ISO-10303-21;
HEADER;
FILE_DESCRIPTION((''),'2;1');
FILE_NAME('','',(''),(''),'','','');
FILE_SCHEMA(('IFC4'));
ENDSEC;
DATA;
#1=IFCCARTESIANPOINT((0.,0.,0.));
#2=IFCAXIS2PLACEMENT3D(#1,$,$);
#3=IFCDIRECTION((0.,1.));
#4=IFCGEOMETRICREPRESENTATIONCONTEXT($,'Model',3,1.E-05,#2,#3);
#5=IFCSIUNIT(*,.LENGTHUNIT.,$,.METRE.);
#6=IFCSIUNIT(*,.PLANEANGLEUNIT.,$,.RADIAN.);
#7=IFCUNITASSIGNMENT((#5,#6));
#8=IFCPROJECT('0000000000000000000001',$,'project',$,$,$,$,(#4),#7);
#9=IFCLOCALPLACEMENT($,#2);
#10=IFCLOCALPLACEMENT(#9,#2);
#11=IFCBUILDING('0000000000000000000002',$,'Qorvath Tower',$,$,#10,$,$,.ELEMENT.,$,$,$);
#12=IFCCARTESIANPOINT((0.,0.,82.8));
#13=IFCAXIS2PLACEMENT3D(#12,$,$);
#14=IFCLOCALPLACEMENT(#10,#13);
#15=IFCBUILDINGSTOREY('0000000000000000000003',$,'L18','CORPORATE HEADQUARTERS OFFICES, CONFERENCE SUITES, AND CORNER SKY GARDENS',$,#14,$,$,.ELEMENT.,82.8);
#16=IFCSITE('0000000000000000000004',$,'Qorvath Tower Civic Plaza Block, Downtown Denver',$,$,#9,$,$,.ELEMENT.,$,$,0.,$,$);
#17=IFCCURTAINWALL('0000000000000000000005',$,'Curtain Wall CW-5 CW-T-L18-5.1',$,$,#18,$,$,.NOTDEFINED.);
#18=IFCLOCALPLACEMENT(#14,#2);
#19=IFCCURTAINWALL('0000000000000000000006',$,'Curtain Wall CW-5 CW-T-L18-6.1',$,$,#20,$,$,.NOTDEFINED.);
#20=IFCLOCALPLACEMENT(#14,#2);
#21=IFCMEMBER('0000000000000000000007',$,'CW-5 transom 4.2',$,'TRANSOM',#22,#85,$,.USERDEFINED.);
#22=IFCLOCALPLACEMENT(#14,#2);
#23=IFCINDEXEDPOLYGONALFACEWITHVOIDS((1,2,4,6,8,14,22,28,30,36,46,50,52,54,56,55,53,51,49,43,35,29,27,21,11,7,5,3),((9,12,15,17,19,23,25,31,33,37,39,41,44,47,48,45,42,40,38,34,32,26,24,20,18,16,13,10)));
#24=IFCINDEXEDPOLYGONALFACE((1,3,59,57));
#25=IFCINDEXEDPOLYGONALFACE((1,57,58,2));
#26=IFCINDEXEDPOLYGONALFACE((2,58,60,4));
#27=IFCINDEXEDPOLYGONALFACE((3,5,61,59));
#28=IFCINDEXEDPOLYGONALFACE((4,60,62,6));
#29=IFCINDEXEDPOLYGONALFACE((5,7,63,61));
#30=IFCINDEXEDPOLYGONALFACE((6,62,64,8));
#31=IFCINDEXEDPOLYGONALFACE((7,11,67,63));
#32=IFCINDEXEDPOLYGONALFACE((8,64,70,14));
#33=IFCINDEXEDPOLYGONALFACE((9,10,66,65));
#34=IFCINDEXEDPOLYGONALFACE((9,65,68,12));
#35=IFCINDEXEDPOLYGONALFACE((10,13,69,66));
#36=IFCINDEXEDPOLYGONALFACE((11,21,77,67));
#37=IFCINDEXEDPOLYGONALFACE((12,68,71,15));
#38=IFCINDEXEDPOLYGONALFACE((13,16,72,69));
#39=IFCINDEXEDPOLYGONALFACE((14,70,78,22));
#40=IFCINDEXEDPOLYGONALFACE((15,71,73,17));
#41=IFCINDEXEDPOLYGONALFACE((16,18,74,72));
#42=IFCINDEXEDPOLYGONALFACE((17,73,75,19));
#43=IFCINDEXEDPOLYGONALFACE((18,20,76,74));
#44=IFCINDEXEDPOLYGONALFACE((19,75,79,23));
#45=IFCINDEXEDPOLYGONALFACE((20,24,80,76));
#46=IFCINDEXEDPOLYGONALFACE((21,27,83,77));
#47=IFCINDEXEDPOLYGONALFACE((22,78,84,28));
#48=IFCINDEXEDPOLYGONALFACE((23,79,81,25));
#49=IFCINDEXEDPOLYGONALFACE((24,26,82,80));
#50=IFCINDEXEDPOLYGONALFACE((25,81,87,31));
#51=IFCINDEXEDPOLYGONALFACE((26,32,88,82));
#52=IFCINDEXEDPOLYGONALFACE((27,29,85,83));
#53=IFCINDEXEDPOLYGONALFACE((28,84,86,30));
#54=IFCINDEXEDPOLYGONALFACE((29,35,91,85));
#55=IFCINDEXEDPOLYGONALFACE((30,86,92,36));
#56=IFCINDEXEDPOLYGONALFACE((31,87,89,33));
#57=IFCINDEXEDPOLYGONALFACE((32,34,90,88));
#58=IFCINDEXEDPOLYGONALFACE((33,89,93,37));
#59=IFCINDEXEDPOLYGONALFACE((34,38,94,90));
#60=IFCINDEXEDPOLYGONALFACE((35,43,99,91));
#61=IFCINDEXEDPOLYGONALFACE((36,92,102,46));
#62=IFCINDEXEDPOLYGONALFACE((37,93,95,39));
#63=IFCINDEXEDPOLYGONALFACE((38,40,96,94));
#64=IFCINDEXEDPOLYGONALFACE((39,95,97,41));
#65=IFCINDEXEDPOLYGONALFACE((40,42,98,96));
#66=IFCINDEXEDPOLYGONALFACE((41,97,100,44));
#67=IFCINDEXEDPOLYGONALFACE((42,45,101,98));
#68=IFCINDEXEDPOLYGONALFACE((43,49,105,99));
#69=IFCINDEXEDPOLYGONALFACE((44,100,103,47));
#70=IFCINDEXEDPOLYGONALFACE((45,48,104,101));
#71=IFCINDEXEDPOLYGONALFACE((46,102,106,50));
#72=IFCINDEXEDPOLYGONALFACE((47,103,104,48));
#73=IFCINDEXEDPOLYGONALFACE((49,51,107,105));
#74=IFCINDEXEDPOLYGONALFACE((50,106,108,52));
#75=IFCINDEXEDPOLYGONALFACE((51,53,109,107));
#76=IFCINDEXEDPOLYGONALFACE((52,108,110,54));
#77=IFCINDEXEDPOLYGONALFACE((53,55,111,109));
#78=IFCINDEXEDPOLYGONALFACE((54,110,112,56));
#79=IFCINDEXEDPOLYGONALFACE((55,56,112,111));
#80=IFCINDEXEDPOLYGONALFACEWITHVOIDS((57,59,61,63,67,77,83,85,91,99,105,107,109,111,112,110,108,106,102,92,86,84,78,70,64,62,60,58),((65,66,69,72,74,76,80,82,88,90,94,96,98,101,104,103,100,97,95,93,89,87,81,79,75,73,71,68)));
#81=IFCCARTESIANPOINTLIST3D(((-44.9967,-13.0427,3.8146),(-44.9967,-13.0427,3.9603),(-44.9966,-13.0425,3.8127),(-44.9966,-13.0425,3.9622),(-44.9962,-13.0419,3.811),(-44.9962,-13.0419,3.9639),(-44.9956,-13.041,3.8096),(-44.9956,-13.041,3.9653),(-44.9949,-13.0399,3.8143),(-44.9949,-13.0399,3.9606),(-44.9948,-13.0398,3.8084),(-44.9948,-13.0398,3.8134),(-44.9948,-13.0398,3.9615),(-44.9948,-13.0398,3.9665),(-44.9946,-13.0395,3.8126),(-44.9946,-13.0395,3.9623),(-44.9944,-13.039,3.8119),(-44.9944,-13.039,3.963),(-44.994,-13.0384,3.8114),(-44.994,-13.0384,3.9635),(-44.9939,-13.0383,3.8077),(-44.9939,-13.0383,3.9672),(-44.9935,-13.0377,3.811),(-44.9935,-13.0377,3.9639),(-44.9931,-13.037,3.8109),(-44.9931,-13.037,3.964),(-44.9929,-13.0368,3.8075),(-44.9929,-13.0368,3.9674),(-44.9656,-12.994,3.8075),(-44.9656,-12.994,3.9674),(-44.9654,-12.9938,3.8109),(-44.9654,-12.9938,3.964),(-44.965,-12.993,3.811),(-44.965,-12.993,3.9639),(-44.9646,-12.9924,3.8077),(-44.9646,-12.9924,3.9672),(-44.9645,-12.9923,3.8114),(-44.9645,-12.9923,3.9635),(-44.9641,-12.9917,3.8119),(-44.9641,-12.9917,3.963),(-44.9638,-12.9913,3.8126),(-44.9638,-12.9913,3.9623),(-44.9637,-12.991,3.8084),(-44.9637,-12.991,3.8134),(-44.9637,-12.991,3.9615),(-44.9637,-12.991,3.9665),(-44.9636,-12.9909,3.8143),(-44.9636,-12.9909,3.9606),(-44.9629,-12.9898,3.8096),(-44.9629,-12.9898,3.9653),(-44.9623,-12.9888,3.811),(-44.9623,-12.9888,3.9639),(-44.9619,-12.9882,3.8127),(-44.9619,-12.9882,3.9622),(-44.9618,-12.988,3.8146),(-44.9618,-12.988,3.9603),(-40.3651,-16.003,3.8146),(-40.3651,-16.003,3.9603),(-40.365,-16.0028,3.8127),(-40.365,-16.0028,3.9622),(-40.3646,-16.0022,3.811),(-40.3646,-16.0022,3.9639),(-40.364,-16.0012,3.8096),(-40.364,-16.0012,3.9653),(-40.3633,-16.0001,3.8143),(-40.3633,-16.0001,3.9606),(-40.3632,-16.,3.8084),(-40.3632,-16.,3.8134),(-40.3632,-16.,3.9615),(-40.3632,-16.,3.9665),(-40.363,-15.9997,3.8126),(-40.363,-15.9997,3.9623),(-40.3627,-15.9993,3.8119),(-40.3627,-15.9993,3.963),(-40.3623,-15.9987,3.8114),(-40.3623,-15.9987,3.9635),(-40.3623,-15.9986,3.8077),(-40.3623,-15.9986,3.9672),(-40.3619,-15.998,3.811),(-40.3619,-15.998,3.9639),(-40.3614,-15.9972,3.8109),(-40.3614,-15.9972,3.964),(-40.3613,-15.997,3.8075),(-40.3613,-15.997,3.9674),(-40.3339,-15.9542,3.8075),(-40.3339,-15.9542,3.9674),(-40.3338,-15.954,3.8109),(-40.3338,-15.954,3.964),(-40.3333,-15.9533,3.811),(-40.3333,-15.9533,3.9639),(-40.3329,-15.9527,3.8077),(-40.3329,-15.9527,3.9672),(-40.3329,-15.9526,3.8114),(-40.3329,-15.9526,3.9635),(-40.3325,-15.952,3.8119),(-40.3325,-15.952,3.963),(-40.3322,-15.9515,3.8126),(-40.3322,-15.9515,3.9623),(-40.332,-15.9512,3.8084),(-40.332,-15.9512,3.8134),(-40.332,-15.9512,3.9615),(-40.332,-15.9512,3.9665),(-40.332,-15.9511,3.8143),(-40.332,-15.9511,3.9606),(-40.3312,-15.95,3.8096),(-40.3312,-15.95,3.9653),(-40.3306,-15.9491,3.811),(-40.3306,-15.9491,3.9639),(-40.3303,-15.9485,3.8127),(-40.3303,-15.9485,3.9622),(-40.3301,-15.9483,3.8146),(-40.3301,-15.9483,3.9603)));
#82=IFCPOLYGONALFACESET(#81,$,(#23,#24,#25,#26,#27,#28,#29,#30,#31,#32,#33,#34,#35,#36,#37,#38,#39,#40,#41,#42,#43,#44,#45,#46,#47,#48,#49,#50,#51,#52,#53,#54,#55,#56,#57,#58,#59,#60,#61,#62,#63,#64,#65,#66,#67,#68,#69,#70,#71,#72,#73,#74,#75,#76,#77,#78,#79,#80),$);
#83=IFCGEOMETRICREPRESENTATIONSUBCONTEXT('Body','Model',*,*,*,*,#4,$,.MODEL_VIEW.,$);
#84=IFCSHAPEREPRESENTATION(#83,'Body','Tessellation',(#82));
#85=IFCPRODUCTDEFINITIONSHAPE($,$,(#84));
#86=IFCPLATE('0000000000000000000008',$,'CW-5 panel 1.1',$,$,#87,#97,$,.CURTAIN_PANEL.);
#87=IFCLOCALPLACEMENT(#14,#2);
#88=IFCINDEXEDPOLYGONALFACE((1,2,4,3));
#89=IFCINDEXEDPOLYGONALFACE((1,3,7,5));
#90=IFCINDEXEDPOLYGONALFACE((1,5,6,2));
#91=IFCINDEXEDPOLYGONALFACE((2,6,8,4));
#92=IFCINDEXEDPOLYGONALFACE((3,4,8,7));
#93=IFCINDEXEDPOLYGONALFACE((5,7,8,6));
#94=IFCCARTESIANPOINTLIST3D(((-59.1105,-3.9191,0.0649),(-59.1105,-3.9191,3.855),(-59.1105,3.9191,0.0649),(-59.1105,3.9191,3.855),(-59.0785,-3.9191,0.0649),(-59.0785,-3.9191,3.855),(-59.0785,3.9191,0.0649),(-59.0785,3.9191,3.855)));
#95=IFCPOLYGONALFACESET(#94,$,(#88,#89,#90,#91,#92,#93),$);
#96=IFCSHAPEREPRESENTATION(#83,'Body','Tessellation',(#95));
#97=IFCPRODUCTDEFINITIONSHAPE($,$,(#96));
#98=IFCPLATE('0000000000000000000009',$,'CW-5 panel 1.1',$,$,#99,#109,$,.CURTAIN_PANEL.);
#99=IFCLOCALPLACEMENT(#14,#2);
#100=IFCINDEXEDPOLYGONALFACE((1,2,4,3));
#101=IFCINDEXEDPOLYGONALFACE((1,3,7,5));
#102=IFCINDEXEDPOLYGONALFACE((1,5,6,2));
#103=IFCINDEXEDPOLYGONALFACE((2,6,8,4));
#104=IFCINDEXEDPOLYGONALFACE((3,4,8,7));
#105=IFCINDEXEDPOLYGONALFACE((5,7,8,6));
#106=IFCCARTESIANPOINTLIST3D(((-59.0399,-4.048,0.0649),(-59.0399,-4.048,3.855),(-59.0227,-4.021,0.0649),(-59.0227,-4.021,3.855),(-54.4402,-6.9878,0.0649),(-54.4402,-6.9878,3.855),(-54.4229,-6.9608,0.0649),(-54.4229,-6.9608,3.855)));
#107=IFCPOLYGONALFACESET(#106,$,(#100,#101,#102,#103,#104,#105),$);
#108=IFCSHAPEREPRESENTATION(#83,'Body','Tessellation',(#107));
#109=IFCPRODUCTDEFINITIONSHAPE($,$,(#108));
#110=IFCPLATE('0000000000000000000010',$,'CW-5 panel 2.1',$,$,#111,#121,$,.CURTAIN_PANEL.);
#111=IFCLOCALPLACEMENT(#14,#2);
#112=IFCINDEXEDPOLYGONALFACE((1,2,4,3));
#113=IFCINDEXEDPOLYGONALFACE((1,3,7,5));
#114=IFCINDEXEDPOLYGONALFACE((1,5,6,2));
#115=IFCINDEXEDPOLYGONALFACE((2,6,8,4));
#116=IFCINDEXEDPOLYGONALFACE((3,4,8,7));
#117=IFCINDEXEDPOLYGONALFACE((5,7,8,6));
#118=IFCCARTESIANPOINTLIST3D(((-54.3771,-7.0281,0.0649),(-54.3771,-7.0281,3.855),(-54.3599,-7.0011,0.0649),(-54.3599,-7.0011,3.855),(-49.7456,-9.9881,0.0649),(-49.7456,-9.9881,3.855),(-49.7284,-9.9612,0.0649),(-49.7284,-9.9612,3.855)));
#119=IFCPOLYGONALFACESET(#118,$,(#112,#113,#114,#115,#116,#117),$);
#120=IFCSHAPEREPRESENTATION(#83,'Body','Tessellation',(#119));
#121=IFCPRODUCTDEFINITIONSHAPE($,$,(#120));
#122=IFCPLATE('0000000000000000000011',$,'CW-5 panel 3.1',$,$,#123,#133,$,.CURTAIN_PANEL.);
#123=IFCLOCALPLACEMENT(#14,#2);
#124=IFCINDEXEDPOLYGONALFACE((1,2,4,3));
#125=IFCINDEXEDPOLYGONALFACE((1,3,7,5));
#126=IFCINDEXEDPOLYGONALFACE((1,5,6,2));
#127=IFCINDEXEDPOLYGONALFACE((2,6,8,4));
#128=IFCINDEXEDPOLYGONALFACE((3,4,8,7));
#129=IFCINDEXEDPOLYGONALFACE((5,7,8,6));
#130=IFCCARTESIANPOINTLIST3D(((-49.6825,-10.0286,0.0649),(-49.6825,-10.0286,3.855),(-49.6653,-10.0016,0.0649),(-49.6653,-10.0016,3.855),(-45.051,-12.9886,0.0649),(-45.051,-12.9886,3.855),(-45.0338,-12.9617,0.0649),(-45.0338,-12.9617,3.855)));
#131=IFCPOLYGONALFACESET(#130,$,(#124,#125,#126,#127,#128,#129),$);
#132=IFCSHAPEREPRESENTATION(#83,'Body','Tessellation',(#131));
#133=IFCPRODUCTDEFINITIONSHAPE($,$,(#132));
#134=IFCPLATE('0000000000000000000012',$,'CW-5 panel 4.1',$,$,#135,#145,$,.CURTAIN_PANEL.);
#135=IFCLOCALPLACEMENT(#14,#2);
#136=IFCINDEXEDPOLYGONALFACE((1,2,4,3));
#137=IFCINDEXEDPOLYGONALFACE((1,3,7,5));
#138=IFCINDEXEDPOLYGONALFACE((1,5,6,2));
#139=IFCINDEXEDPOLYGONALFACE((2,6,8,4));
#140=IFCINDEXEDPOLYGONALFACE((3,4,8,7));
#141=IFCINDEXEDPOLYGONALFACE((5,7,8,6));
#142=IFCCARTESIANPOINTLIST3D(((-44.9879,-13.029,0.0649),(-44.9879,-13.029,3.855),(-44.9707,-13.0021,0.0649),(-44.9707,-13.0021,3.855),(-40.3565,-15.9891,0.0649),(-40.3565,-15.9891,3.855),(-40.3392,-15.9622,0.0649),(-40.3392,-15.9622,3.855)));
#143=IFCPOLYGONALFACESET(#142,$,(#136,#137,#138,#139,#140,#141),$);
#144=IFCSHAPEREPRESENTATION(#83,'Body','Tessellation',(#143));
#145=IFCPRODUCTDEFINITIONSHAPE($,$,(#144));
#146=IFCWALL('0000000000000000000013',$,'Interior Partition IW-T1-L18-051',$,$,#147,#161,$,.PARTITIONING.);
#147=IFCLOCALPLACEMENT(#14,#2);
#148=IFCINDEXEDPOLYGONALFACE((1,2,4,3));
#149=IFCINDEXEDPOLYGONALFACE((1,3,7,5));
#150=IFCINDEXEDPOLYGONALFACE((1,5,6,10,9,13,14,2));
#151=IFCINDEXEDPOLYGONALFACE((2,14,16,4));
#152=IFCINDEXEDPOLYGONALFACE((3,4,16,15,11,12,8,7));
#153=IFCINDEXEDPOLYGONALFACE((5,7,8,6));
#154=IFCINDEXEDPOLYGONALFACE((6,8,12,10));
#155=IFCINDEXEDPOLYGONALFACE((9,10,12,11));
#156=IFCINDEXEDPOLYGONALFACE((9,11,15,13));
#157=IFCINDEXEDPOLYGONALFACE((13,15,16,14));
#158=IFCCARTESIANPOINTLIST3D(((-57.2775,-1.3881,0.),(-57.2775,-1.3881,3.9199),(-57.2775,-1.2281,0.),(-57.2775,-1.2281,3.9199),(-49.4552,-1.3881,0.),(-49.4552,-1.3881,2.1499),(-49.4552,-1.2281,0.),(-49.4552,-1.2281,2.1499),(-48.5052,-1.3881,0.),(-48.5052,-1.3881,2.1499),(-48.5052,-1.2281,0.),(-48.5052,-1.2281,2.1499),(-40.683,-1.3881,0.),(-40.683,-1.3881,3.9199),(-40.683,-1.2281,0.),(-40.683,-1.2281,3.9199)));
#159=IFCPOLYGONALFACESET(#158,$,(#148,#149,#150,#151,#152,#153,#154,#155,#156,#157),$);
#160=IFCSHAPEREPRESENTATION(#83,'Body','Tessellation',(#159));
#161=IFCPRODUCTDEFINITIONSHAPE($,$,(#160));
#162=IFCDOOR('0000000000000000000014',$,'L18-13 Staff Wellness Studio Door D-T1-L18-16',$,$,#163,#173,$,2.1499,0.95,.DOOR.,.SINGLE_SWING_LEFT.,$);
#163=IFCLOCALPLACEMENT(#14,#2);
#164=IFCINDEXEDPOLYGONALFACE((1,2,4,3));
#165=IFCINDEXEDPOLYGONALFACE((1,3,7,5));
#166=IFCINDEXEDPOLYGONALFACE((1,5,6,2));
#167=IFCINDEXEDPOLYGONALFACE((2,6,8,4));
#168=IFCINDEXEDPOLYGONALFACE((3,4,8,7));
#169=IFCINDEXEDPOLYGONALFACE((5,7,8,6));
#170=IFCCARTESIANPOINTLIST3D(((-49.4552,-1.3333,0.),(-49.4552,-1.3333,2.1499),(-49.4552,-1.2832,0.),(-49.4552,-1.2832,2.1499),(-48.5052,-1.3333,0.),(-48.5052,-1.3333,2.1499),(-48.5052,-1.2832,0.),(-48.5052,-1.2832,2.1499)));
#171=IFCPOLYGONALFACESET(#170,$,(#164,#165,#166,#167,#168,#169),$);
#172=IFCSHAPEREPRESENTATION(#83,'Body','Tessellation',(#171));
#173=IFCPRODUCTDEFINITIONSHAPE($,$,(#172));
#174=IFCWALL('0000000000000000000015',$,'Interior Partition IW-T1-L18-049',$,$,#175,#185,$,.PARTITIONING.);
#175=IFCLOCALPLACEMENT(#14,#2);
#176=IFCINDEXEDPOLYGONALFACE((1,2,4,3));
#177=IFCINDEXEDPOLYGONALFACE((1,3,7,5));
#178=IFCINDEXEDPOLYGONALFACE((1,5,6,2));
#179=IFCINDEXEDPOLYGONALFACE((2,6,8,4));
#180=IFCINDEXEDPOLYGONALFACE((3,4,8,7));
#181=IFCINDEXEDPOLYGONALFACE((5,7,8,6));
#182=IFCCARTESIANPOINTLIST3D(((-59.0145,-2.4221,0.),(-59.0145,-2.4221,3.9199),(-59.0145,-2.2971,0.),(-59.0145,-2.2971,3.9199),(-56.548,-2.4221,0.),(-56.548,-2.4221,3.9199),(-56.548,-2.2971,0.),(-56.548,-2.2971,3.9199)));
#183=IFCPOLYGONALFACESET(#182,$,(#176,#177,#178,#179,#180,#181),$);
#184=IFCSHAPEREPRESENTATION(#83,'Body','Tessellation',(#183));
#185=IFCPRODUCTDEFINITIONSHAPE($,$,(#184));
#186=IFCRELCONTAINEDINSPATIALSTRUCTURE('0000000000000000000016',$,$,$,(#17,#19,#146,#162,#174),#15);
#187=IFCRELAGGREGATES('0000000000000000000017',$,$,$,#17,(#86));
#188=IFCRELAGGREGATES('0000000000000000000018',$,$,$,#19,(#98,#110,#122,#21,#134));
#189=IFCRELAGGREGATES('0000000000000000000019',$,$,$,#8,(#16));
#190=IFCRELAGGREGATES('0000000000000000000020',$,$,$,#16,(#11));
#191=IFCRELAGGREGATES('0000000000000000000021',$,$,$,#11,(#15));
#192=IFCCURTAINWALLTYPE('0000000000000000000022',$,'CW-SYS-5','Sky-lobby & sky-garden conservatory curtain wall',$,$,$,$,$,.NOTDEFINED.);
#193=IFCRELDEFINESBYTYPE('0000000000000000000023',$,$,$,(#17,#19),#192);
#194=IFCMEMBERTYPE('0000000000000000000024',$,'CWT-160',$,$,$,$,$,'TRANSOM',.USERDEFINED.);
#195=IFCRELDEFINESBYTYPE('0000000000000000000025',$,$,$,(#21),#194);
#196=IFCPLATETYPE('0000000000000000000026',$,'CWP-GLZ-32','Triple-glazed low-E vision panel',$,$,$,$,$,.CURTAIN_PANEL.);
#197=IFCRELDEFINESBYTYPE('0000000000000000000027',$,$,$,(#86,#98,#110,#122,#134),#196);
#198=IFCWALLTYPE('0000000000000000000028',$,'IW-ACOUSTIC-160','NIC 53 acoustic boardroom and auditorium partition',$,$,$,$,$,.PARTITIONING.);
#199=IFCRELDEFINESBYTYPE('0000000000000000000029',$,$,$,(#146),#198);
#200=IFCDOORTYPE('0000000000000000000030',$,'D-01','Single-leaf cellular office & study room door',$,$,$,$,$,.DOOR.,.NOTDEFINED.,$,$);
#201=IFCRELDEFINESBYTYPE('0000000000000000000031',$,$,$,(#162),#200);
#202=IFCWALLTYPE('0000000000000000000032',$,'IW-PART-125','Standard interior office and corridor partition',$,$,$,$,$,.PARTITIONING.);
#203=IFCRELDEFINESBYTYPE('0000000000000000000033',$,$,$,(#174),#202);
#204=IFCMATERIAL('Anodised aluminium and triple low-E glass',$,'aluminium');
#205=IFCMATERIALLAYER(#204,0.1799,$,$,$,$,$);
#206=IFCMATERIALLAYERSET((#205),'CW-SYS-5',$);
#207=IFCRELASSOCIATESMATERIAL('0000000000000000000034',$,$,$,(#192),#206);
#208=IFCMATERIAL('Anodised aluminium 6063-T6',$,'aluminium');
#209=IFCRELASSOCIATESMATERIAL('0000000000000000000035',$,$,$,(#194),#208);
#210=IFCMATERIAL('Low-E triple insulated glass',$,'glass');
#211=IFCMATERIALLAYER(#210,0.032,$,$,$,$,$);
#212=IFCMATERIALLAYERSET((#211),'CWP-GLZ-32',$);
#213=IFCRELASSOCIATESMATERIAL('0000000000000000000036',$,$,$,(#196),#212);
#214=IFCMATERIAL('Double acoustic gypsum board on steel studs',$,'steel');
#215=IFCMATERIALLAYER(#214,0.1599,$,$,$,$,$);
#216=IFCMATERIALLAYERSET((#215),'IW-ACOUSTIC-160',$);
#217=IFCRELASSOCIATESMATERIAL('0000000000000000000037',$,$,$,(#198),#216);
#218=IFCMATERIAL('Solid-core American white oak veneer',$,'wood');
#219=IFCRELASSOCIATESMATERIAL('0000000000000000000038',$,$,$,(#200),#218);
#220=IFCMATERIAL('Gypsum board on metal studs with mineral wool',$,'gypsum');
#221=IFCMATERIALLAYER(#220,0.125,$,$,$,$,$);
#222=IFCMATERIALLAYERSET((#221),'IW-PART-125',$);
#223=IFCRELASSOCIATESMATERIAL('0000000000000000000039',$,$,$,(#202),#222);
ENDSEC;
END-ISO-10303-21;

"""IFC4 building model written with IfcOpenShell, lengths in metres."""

from ifc_helpers import new_model, si_unit, direction, frame, frame_2d, origin, origin_2d, place, context, subcontext, project, spatial, rectangle, hollow_rectangle, extrude, material, layer, layer_set, material_profile, profile_set, type_object, element, fill, aggregate, save


model = new_model("IFC4")

# Units and contexts
model_context = context("Model", 3, precision=1e-05, world=origin(), true_north=direction((0.0, 1.0)))
body_context = subcontext(model_context, "Body", "Model", "MODEL_VIEW")
ifc_project = project(units=[si_unit("LENGTHUNIT", "METRE"), si_unit("PLANEANGLEUNIT", "RADIAN")], contexts=[model_context])

# Site, building, storey
site_placement = place(None, origin())
site = spatial("IfcSite", under=ifc_project, at=site_placement, Name="Qorvath Tower Civic Plaza Block, Downtown Denver", CompositionType="ELEMENT", RefElevation=0.0)
building_placement = place(site_placement, origin())
building = spatial("IfcBuilding", under=site, at=building_placement, Name="Qorvath Tower", CompositionType="ELEMENT")
storey_placement = place(building_placement, frame((0.0, 0.0, 82.8)))
storey = spatial("IfcBuildingStorey", under=building, at=storey_placement, Name="L18", Description="CORPORATE HEADQUARTERS OFFICES, CONFERENCE SUITES, AND CORNER SKY GARDENS", CompositionType="ELEMENT", Elevation=82.8)

# Curtain wall
ifc_material_1 = material(Name="Anodised aluminium and triple low-E glass", Category="aluminium")
ifc_layer_1 = layer(ifc_material_1, 0.1799)
ifc_layer_set_1 = layer_set([ifc_layer_1], Name="CW-SYS-5")
curtain_wall_type = type_object("IfcCurtainWallType", Name="CW-SYS-5", Description="Sky-lobby & sky-garden conservatory curtain wall", PredefinedType="NOTDEFINED", material=ifc_layer_set_1)
curtain_wall_1_placement = place(storey_placement, origin())
curtain_wall_1 = element("IfcCurtainWall", 1, at=curtain_wall_1_placement, inside=storey, type_object=curtain_wall_type, Name="Curtain Wall CW-5 CW-T-L18-5.1", PredefinedType="NOTDEFINED")

# Curtain wall, member
curtain_wall_2_placement = place(storey_placement, origin())
curtain_wall_2 = element("IfcCurtainWall", 2, at=curtain_wall_2_placement, inside=storey, type_object=curtain_wall_type, Name="Curtain Wall CW-5 CW-T-L18-6.1", PredefinedType="NOTDEFINED")
ifc_material_2 = material(Name="Anodised aluminium 6063-T6", Category="aluminium")
ifc_material_profile_1 = material_profile(ifc_material_2, hollow_rectangle(XDim=0.0649, YDim=0.1599, WallThickness=0.0034, InnerFilletRadius=0.0034, OuterFilletRadius=0.0071, at=origin_2d()), Name="CWT 160x65")
ifc_profile_set_1 = profile_set([ifc_material_profile_1], Name="Anodised aluminium 6063-T6")
member_type_1 = type_object("IfcMemberType", Name="CWT-160", ElementType="TRANSOM", PredefinedType="USERDEFINED", material=ifc_profile_set_1)
member_1_placement = place(storey_placement, frame((-44.9792, -13.0154, 3.8875), z_axis=(0.842603, -0.538536, 0.0), x_axis=(0.538536, 0.842603, 0.0)))
member_1 = element("IfcMember", 3, at=member_1_placement, type_object=member_type_1, Name="CW-5 transom 4.2", ObjectType="TRANSOM", PredefinedType="USERDEFINED", context=body_context, shape_type="SweptSolid", body=[
    extrude(hollow_rectangle(XDim=0.0649, YDim=0.1599, WallThickness=0.0034, InnerFilletRadius=0.0034, OuterFilletRadius=0.0071, at=origin_2d()), origin(), (0.0, 0.0, 1.0), 5.4968),
])

# Plates
ifc_material_3 = material(Name="Low-E triple insulated glass", Category="glass")
ifc_layer_2 = layer(ifc_material_3, 0.032)
ifc_layer_set_2 = layer_set([ifc_layer_2], Name="CWP-GLZ-32")
plate_type = type_object("IfcPlateType", Name="CWP-GLZ-32", Description="Triple-glazed low-E vision panel", PredefinedType="CURTAIN_PANEL", material=ifc_layer_set_2)
plate_1_placement = place(storey_placement, frame((-59.0945, 0.0, 0.0649), z_axis=(0.0, 0.0, 1.0), x_axis=(0.0, -1.0, 0.0)))
plate_1 = element("IfcPlate", 4, at=plate_1_placement, type_object=plate_type, Name="CW-5 panel 1.1", PredefinedType="CURTAIN_PANEL", context=body_context, shape_type="SweptSolid", body=[
    extrude(rectangle(XDim=7.8381, YDim=0.032, at=origin_2d()), origin(), (0.0, 0.0, 1.0), 3.79),
])
aggregate(curtain_wall_1, [plate_1])
plate_2_placement = place(storey_placement, frame((-56.7314, -5.5044, 0.0649), z_axis=(0.0, 0.0, 1.0), x_axis=(0.842608, -0.538528, 0.0)))
plate_2 = element("IfcPlate", 5, at=plate_2_placement, type_object=plate_type, Name="CW-5 panel 1.1", PredefinedType="CURTAIN_PANEL", context=body_context, shape_type="SweptSolid", body=[
    extrude(rectangle(XDim=5.459, YDim=0.032, at=origin_2d()), origin(), (0.0, 0.0, 1.0), 3.79),
])
plate_3_placement = place(storey_placement, frame((-52.0527, -8.4946, 0.0649), z_axis=(0.0, 0.0, 1.0), x_axis=(0.842608, -0.538528, 0.0)))
plate_3 = element("IfcPlate", 6, at=plate_3_placement, type_object=plate_type, Name="CW-5 panel 2.1", PredefinedType="CURTAIN_PANEL", context=body_context, shape_type="SweptSolid", body=[
    extrude(rectangle(XDim=5.4966, YDim=0.032, at=origin_2d()), origin(), (0.0, 0.0, 1.0), 3.79),
])
plate_4_placement = place(storey_placement, frame((-47.3582, -11.4951, 0.0649), z_axis=(0.0, 0.0, 1.0), x_axis=(0.842608, -0.538528, 0.0)))
plate_4 = element("IfcPlate", 7, at=plate_4_placement, type_object=plate_type, Name="CW-5 panel 3.1", PredefinedType="CURTAIN_PANEL", context=body_context, shape_type="SweptSolid", body=[
    extrude(rectangle(XDim=5.4966, YDim=0.032, at=origin_2d()), origin(), (0.0, 0.0, 1.0), 3.79),
])
plate_5_placement = place(storey_placement, frame((-42.6636, -14.4956, 0.0649), z_axis=(0.0, 0.0, 1.0), x_axis=(0.842608, -0.538528, 0.0)))
plate_5 = element("IfcPlate", 8, at=plate_5_placement, type_object=plate_type, Name="CW-5 panel 4.1", PredefinedType="CURTAIN_PANEL", context=body_context, shape_type="SweptSolid", body=[
    extrude(rectangle(XDim=5.4966, YDim=0.032, at=origin_2d()), origin(), (0.0, 0.0, 1.0), 3.79),
])
aggregate(curtain_wall_2, [plate_2, plate_3, plate_4, member_1, plate_5])

# Wall, opening, door
ifc_material_4 = material(Name="Double acoustic gypsum board on steel studs", Category="steel")
ifc_layer_3 = layer(ifc_material_4, 0.1599)
ifc_layer_set_3 = layer_set([ifc_layer_3], Name="IW-ACOUSTIC-160")
wall_type_1 = type_object("IfcWallType", Name="IW-ACOUSTIC-160", Description="NIC 53 acoustic boardroom and auditorium partition", PredefinedType="PARTITIONING", material=ifc_layer_set_3)
wall_1_placement = place(storey_placement, frame((-57.2776, -1.3081, 0.0), z_axis=(0.0, 0.0, 1.0), x_axis=(1.0, 0.0, 0.0)))
wall_1 = element("IfcWall", 9, at=wall_1_placement, inside=storey, type_object=wall_type_1, Name="Interior Partition IW-T1-L18-051", PredefinedType="PARTITIONING", context=body_context, shape_type="SweptSolid", body=[
    extrude(rectangle(XDim=16.5945, YDim=0.1599, at=frame_2d((8.2974, 0.0))), origin(), (0.0, 0.0, 1.0), 3.9199),
])
opening_placement = place(wall_1_placement, frame((7.8223, 0.0, 0.0)))
opening = element("IfcOpeningElement", 10, at=opening_placement, cuts=wall_1, PredefinedType="OPENING", context=body_context, shape_type="SweptSolid", body=[
    extrude(rectangle(XDim=0.95, YDim=2.1499, at=frame_2d((0.4751, 1.075))), frame((0.0, 0.0898, 0.0), z_axis=(0.0, -1.0, 0.0), x_axis=(1.0, 0.0, 0.0)), (0.0, 0.0, 1.0), 0.1799),
])
ifc_material_5 = material(Name="Solid-core American white oak veneer", Category="wood")
door_type = type_object("IfcDoorType", Name="D-01", Description="Single-leaf cellular office & study room door", OperationType="NOTDEFINED", PredefinedType="DOOR", material=ifc_material_5)
door_placement = place(opening_placement, origin())
door = element("IfcDoor", 11, at=door_placement, inside=storey, type_object=door_type, Name="L18-13 Staff Wellness Studio Door D-T1-L18-16", OperationType="SINGLE_SWING_LEFT", OverallHeight=2.1499, OverallWidth=0.95, PredefinedType="DOOR", context=body_context, shape_type="SweptSolid", body=[
    extrude(rectangle(XDim=0.95, YDim=2.1499, at=frame_2d((0.4751, 1.075))), frame((0.0, 0.0249, 0.0), z_axis=(0.0, -1.0, 0.0), x_axis=(1.0, 0.0, 0.0)), (0.0, 0.0, 1.0), 0.05),
])
fill(opening, door)

# Wall
ifc_material_6 = material(Name="Gypsum board on metal studs with mineral wool", Category="gypsum")
ifc_layer_4 = layer(ifc_material_6, 0.125)
ifc_layer_set_4 = layer_set([ifc_layer_4], Name="IW-PART-125")
wall_type_2 = type_object("IfcWallType", Name="IW-PART-125", Description="Standard interior office and corridor partition", PredefinedType="PARTITIONING", material=ifc_layer_set_4)
wall_2_placement = place(storey_placement, frame((-56.5479, -2.3596, 0.0), z_axis=(0.0, 0.0, 1.0), x_axis=(-1.0, 0.0, 0.0)))
element("IfcWall", 12, at=wall_2_placement, inside=storey, type_object=wall_type_2, Name="Interior Partition IW-T1-L18-049", PredefinedType="PARTITIONING", context=body_context, shape_type="SweptSolid", body=[
    extrude(rectangle(XDim=2.4666, YDim=0.125, at=frame_2d((1.2334, 0.0))), origin(), (0.0, 0.0, 1.0), 3.9199),
])

save(model, "model.ifc")
